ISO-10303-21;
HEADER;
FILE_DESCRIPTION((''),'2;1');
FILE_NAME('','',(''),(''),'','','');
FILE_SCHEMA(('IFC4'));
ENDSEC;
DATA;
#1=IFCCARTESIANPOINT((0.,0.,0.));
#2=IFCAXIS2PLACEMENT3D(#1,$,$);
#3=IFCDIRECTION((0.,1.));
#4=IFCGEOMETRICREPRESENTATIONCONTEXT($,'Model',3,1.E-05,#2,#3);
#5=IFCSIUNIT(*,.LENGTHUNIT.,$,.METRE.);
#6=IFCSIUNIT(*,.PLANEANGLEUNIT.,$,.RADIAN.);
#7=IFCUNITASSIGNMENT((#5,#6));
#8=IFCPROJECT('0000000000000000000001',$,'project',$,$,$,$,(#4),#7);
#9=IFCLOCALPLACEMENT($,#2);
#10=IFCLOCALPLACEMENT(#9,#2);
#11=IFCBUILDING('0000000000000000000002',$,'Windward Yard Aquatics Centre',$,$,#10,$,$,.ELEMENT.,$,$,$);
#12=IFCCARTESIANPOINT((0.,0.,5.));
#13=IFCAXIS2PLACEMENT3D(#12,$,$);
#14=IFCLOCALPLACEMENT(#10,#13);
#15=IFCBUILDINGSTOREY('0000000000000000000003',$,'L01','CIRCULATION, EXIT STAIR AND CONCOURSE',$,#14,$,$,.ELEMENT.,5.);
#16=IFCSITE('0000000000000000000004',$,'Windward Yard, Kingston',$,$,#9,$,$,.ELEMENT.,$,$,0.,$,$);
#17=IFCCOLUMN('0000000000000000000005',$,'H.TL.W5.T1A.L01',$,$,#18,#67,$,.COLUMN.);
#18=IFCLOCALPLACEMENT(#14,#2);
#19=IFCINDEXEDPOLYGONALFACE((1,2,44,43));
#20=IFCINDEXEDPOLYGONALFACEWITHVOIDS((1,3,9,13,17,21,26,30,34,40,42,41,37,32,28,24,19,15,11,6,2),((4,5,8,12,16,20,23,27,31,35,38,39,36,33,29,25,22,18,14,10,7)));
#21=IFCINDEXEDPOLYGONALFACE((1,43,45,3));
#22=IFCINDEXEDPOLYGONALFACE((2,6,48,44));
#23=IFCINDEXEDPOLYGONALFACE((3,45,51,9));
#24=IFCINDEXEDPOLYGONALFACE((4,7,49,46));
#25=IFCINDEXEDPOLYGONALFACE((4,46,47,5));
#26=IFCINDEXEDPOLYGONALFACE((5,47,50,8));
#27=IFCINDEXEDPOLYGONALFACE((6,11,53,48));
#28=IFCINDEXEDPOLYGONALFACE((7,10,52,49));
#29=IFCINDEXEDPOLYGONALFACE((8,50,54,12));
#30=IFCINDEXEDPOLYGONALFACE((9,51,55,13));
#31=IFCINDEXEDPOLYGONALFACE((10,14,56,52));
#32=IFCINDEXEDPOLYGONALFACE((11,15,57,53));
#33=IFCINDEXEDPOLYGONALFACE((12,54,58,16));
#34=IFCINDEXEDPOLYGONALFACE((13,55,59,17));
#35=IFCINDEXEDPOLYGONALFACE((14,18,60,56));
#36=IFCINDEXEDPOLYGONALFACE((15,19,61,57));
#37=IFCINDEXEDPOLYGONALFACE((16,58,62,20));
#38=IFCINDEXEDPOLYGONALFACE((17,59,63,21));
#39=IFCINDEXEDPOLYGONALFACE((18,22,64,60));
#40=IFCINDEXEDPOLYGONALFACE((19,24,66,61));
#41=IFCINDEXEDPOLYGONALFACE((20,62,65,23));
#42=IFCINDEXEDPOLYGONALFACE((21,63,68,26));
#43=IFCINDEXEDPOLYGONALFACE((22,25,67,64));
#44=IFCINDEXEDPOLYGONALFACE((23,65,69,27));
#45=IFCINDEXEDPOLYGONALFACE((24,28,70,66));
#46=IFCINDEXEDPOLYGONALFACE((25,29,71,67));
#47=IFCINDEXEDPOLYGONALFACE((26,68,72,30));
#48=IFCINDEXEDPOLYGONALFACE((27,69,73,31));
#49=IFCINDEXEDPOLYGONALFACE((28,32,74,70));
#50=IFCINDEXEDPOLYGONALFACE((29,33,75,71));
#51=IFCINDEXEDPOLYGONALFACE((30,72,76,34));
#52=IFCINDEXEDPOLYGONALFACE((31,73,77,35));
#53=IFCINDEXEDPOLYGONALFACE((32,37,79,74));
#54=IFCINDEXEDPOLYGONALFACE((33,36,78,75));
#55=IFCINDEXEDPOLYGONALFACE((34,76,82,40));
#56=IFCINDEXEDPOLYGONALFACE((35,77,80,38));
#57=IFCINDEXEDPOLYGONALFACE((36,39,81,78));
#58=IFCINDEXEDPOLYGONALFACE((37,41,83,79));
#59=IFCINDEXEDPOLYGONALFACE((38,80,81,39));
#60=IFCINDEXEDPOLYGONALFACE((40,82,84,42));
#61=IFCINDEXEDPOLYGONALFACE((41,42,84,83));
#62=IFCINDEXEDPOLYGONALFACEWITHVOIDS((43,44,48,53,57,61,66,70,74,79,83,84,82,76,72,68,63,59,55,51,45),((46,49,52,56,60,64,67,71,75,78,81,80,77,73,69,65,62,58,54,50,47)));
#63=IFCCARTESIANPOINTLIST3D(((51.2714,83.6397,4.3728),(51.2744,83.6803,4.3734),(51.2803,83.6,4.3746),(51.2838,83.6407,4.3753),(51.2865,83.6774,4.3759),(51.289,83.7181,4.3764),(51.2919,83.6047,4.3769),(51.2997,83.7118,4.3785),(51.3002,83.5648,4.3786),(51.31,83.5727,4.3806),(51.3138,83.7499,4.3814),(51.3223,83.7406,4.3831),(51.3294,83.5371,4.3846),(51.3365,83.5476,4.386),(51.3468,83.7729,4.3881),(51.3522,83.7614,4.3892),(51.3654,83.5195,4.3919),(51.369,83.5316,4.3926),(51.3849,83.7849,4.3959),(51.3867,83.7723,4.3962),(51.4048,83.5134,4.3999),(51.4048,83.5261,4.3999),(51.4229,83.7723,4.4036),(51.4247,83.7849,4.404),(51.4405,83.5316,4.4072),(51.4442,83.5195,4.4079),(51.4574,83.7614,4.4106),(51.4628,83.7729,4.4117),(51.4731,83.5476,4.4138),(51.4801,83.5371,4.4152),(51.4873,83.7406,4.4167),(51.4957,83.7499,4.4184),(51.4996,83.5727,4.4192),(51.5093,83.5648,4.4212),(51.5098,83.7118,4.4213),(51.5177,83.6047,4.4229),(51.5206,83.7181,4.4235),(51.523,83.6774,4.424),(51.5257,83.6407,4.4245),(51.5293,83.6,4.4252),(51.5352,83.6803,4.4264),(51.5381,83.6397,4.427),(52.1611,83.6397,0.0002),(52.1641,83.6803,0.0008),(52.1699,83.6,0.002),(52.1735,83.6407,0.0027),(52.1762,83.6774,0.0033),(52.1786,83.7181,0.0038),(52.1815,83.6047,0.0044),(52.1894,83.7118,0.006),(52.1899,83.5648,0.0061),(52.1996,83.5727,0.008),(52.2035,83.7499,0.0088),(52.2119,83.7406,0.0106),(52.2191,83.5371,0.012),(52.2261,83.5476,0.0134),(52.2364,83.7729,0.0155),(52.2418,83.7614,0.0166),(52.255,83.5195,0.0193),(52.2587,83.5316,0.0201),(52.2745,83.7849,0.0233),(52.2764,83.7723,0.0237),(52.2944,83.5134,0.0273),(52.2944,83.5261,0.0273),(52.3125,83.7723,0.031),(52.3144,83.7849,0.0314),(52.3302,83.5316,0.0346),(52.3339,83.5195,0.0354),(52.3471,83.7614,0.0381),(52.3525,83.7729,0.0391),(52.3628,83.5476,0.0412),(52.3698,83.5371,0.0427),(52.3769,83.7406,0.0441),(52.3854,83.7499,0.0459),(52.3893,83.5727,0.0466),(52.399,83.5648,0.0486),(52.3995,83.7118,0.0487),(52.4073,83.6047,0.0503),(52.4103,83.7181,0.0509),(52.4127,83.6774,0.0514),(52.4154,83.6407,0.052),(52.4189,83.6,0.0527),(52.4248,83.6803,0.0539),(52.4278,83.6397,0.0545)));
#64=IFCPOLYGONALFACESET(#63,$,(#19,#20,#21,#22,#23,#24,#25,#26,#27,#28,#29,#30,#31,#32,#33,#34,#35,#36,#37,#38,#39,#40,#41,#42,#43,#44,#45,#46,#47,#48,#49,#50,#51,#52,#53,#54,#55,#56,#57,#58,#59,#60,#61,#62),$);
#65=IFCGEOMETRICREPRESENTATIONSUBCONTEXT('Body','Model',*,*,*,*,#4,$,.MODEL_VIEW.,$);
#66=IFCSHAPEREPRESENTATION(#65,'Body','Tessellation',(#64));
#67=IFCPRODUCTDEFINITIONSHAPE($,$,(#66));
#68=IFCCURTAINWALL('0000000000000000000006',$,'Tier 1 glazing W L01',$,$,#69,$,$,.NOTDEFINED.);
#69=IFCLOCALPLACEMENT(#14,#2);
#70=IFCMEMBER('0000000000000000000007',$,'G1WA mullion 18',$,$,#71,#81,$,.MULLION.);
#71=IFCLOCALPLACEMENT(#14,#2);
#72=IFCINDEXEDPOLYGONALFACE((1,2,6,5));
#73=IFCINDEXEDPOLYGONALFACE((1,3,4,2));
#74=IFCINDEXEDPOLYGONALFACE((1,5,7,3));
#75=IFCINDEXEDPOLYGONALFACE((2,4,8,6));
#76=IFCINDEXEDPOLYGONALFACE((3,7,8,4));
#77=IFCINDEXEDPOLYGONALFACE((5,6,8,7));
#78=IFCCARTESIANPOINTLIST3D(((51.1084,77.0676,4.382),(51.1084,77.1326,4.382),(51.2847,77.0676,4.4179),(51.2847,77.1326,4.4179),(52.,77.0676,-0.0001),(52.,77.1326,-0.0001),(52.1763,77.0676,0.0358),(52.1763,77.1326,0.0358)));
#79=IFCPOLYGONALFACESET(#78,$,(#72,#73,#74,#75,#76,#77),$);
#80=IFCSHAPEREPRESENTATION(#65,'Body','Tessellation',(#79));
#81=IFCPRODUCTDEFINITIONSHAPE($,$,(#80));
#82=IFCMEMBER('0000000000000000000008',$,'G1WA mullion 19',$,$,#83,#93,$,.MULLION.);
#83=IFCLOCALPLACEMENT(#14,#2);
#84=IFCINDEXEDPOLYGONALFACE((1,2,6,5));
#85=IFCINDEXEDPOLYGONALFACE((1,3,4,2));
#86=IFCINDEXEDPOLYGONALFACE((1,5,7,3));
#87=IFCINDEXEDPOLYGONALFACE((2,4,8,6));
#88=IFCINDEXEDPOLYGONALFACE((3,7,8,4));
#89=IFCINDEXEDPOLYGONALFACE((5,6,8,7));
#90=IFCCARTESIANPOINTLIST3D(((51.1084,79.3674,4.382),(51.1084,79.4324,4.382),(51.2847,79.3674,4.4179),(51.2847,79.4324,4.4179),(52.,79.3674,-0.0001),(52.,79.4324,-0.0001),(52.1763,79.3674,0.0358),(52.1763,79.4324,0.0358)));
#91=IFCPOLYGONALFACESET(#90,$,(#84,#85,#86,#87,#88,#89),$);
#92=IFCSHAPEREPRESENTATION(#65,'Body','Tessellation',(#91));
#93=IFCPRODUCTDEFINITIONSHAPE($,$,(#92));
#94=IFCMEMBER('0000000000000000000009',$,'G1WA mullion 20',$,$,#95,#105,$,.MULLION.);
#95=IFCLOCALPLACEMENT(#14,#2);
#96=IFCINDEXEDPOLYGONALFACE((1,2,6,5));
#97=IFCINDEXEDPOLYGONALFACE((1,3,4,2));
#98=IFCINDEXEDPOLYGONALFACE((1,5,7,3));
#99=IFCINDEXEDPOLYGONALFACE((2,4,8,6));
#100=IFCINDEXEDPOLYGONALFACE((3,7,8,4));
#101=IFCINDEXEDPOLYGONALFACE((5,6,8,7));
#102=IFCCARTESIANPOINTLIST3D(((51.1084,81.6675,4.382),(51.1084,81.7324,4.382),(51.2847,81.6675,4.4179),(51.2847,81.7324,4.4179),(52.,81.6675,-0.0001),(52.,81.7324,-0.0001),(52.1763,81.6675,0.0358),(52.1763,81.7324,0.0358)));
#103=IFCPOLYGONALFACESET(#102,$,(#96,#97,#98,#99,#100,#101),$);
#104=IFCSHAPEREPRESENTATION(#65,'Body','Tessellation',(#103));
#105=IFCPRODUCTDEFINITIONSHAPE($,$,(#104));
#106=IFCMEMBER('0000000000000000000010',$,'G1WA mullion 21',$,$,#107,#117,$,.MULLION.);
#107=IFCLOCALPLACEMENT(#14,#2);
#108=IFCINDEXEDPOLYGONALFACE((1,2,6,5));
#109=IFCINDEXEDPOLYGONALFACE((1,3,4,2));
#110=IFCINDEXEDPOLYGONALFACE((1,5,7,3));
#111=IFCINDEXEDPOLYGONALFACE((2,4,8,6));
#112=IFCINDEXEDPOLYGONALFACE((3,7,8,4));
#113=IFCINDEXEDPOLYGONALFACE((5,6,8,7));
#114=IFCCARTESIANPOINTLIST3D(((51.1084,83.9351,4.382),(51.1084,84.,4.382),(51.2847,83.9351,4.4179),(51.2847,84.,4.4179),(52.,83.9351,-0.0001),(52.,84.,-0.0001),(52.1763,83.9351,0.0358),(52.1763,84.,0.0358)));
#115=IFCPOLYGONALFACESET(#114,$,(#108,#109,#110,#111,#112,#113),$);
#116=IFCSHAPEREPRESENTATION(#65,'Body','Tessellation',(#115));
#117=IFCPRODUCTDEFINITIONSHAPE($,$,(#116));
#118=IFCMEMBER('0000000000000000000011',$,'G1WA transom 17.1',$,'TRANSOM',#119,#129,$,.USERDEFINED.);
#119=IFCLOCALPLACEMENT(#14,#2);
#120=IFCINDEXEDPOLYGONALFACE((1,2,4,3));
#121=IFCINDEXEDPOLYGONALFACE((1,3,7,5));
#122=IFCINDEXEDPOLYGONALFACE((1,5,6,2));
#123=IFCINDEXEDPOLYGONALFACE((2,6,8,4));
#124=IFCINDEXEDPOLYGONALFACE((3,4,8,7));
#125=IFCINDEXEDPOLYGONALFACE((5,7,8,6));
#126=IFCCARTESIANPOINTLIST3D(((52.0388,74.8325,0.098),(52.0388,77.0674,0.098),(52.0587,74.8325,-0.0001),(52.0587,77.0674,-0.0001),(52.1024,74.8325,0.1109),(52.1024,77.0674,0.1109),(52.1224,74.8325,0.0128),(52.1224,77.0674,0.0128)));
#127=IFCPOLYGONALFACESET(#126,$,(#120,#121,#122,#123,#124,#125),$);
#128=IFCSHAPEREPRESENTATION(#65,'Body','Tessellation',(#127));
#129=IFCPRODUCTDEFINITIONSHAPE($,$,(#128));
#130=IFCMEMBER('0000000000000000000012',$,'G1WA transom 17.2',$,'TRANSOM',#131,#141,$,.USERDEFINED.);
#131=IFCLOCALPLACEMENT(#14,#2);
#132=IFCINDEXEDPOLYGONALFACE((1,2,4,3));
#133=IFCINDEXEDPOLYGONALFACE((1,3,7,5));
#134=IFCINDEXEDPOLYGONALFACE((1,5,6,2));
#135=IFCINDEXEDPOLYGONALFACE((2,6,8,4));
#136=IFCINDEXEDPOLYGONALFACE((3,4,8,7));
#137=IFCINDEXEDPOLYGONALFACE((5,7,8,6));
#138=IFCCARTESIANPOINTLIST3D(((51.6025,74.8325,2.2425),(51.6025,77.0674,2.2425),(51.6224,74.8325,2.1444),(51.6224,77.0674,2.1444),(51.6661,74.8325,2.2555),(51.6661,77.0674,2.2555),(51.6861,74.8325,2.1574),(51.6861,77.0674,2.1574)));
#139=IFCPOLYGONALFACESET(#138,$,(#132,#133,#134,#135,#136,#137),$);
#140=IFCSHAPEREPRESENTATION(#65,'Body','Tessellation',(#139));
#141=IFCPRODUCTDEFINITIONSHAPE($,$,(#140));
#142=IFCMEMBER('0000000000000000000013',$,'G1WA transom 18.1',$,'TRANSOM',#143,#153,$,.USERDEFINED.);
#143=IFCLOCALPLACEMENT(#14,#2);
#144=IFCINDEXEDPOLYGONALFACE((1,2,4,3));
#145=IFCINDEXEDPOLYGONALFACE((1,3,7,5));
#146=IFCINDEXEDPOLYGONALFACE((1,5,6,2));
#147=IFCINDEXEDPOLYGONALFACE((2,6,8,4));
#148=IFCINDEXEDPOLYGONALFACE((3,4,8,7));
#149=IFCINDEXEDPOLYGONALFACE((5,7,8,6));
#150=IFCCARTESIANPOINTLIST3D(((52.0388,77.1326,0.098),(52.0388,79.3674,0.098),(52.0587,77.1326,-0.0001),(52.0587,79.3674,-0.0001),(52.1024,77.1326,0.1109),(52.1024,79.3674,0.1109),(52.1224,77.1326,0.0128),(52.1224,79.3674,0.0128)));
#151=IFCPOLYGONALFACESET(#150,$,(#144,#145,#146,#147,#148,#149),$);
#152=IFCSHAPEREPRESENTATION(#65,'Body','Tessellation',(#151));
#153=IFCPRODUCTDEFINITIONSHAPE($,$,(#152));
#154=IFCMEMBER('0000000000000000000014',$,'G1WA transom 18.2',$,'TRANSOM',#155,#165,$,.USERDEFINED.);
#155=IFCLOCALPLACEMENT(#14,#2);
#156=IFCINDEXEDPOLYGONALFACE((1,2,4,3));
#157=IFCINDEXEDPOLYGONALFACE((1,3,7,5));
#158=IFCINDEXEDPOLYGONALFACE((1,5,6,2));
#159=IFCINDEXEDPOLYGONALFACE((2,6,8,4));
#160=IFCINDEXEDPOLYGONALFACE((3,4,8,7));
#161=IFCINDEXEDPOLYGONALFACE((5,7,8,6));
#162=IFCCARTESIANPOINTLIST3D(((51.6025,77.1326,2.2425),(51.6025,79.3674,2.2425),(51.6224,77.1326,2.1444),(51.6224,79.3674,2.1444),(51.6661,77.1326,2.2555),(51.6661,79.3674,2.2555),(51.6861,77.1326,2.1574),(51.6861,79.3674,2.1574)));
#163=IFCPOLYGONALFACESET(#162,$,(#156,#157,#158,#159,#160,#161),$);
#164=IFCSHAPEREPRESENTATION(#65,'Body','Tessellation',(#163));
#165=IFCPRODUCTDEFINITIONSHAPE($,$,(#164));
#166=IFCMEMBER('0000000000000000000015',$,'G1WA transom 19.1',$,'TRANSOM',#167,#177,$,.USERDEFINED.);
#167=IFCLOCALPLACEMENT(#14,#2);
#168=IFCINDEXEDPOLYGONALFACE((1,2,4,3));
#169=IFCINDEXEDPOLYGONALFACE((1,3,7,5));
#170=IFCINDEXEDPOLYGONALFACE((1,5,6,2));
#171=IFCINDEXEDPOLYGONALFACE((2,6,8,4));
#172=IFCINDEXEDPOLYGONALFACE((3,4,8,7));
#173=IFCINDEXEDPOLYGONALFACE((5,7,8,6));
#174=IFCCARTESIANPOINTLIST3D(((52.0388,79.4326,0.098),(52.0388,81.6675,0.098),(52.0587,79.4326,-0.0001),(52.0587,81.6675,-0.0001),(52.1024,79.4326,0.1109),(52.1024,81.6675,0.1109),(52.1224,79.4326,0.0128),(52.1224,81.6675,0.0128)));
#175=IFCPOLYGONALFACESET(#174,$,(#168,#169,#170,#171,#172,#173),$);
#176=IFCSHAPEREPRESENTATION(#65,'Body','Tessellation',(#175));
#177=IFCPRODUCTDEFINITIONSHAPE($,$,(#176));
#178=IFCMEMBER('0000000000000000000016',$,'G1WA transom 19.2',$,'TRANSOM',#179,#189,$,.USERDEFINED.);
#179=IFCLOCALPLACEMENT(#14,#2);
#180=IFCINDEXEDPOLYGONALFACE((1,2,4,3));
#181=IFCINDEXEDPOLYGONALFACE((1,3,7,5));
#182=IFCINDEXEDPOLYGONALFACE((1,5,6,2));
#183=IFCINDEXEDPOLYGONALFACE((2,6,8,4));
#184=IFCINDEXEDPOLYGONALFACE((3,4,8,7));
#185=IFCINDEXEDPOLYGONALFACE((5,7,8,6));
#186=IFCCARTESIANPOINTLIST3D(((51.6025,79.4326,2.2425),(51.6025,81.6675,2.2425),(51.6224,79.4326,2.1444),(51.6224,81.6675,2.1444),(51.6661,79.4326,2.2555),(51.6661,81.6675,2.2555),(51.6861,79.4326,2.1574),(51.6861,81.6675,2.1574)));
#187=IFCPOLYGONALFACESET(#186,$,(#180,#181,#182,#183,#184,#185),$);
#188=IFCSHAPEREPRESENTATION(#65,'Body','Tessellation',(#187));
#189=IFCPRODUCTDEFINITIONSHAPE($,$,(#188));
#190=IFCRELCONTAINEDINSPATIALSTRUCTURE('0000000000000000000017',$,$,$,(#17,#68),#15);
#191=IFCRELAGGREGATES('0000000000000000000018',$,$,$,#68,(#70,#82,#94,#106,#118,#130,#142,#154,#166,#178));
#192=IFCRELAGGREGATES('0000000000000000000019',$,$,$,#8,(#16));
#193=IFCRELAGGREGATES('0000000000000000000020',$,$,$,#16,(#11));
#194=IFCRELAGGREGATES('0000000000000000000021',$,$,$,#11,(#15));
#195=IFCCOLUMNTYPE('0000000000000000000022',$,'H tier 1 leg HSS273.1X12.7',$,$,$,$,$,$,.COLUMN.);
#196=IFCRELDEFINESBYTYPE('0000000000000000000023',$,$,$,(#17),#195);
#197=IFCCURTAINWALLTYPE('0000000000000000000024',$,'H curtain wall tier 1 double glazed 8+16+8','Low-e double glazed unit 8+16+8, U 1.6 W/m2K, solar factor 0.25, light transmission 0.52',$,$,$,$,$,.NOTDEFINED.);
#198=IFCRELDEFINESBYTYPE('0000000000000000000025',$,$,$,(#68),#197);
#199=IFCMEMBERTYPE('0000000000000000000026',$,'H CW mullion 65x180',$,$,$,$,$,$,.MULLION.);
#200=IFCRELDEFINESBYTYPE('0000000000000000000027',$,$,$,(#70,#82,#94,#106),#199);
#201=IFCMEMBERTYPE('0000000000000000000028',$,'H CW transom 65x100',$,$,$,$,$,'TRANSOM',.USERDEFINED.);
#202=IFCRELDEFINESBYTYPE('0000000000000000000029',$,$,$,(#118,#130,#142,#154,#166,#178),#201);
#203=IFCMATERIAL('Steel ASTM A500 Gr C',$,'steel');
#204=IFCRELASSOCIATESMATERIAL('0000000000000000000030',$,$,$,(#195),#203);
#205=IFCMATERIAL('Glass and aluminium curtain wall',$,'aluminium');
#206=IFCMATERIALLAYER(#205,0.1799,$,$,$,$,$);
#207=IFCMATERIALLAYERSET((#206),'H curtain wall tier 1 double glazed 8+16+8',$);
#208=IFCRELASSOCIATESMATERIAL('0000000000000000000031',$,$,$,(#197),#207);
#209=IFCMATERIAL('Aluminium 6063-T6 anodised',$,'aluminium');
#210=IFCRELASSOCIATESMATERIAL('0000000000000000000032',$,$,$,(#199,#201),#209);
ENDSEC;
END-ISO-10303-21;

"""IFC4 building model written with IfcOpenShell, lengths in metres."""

from ifc_helpers import new_model, si_unit, direction, frame, origin, origin_2d, place, context, subcontext, project, spatial, rectangle, hollow_circle, extrude, material, layer, layer_set, material_profile, profile_set, type_object, element, aggregate, save


model = new_model("IFC4")

# Units and contexts
model_context = context("Model", 3, precision=1e-05, world=origin(), true_north=direction((0.0, 1.0)))
body_context = subcontext(model_context, "Body", "Model", "MODEL_VIEW")
ifc_project = project(units=[si_unit("LENGTHUNIT", "METRE"), si_unit("PLANEANGLEUNIT", "RADIAN")], contexts=[model_context])

# Site, building, storey
site_placement = place(None, origin())
site = spatial("IfcSite", under=ifc_project, at=site_placement, Name="Windward Yard, Kingston", CompositionType="ELEMENT", RefElevation=0.0)
building_placement = place(site_placement, origin())
building = spatial("IfcBuilding", under=site, at=building_placement, Name="Windward Yard Aquatics Centre", CompositionType="ELEMENT")
storey_placement = place(building_placement, frame((0.0, 0.0, 5.0)))
storey = spatial("IfcBuildingStorey", under=building, at=storey_placement, Name="L01", Description="CIRCULATION, EXIT STAIR AND CONCOURSE", CompositionType="ELEMENT", Elevation=5.0)

# Column
ifc_material_1 = material(Name="Steel ASTM A500 Gr C", Category="steel")
ifc_material_profile_1 = material_profile(ifc_material_1, hollow_circle(Radius=0.1365, WallThickness=0.0127, at=origin_2d()), Name="HSS273.1X12.7")
ifc_profile_set_1 = profile_set([ifc_material_profile_1], Name="Steel ASTM A500 Gr C")
column_type = type_object("IfcColumnType", Name="H tier 1 leg HSS273.1X12.7", PredefinedType="COLUMN", material=ifc_profile_set_1)
column_placement = place(storey_placement, frame((52.2944, 83.6499, 0.0273), z_axis=(-0.199377, 0.0, 0.979923), x_axis=(0.0, -1.0, 0.0)))
element("IfcColumn", 1, at=column_placement, inside=storey, type_object=column_type, Name="H.TL.W5.T1A.L01", PredefinedType="COLUMN", context=body_context, shape_type="SweptSolid", body=[
    extrude(hollow_circle(Radius=0.1365, WallThickness=0.0127, at=origin_2d()), origin(), (0.0, 0.0, 1.0), 4.4622),
])

# Curtain wall, members
ifc_material_2 = material(Name="Glass and aluminium curtain wall", Category="aluminium")
ifc_layer_1 = layer(ifc_material_2, 0.1799)
ifc_layer_set_1 = layer_set([ifc_layer_1], Name="H curtain wall tier 1 double glazed 8+16+8")
curtain_wall_type = type_object("IfcCurtainWallType", Name="H curtain wall tier 1 double glazed 8+16+8", Description="Low-e double glazed unit 8+16+8, U 1.6 W/m2K, solar factor 0.25, light transmission 0.52", PredefinedType="NOTDEFINED", material=ifc_layer_set_1)
curtain_wall_placement = place(storey_placement, origin())
curtain_wall = element("IfcCurtainWall", 2, at=curtain_wall_placement, inside=storey, type_object=curtain_wall_type, Name="Tier 1 glazing W L01", PredefinedType="NOTDEFINED")
ifc_material_3 = material(Name="Aluminium 6063-T6 anodised", Category="aluminium")
ifc_material_profile_2 = material_profile(ifc_material_3, rectangle(XDim=0.0649, YDim=0.1799, at=origin_2d()), Name="H CW mullion 65x180")
ifc_profile_set_2 = profile_set([ifc_material_profile_2], Name="Aluminium 6063-T6 anodised")
member_type_1 = type_object("IfcMemberType", Name="H CW mullion 65x180", PredefinedType="MULLION", material=ifc_profile_set_2)
member_1_placement = place(storey_placement, frame((52.0881, 77.1001, 0.0178), z_axis=(-0.19938, 0.0, 0.979922), x_axis=(0.0, -1.0, 0.0)))
member_1 = element("IfcMember", 3, at=member_1_placement, type_object=member_type_1, Name="G1WA mullion 18", PredefinedType="MULLION", context=body_context, shape_type="SweptSolid", body=[
    extrude(rectangle(XDim=0.0649, YDim=0.1799, at=origin_2d()), origin(), (0.0, 0.0, 1.0), 4.4719),
])
member_2_placement = place(storey_placement, frame((52.0881, 79.3999, 0.0178), z_axis=(-0.19938, 0.0, 0.979922), x_axis=(0.0, -1.0, 0.0)))
member_2 = element("IfcMember", 4, at=member_2_placement, type_object=member_type_1, Name="G1WA mullion 19", PredefinedType="MULLION", context=body_context, shape_type="SweptSolid", body=[
    extrude(rectangle(XDim=0.0649, YDim=0.1799, at=origin_2d()), origin(), (0.0, 0.0, 1.0), 4.4719),
])
member_3_placement = place(storey_placement, frame((52.0881, 81.7, 0.0178), z_axis=(-0.19938, 0.0, 0.979922), x_axis=(0.0, -1.0, 0.0)))
member_3 = element("IfcMember", 5, at=member_3_placement, type_object=member_type_1, Name="G1WA mullion 20", PredefinedType="MULLION", context=body_context, shape_type="SweptSolid", body=[
    extrude(rectangle(XDim=0.0649, YDim=0.1799, at=origin_2d()), origin(), (0.0, 0.0, 1.0), 4.4719),
])
member_4_placement = place(storey_placement, frame((52.0881, 83.9675, 0.0178), z_axis=(-0.19938, 0.0, 0.979922), x_axis=(0.0, -1.0, 0.0)))
member_4 = element("IfcMember", 6, at=member_4_placement, type_object=member_type_1, Name="G1WA mullion 21", PredefinedType="MULLION", context=body_context, shape_type="SweptSolid", body=[
    extrude(rectangle(XDim=0.0649, YDim=0.1799, at=origin_2d()), origin(), (0.0, 0.0, 1.0), 4.4719),
])
ifc_material_profile_3 = material_profile(ifc_material_3, rectangle(XDim=0.0649, YDim=0.1001, at=origin_2d()), Name="H CW transom 65x100")
ifc_profile_set_3 = profile_set([ifc_material_profile_3], Name="Aluminium 6063-T6 anodised")
member_type_2 = type_object("IfcMemberType", Name="H CW transom 65x100", ElementType="TRANSOM", PredefinedType="USERDEFINED", material=ifc_profile_set_3)
member_5_placement = place(storey_placement, frame((52.0806, 74.8325, 0.0554), z_axis=(0.0, 1.0, 0.0), x_axis=(0.979925, 0.0, 0.199368)))
member_5 = element("IfcMember", 7, at=member_5_placement, type_object=member_type_2, Name="G1WA transom 17.1", ObjectType="TRANSOM", PredefinedType="USERDEFINED", context=body_context, shape_type="SweptSolid", body=[
    extrude(rectangle(XDim=0.0649, YDim=0.1001, at=origin_2d()), origin(), (0.0, 0.0, 1.0), 2.2349),
])
member_6_placement = place(storey_placement, frame((51.6443, 74.8325, 2.2), z_axis=(0.0, 1.0, 0.0), x_axis=(0.979925, 0.0, 0.199368)))
member_6 = element("IfcMember", 8, at=member_6_placement, type_object=member_type_2, Name="G1WA transom 17.2", ObjectType="TRANSOM", PredefinedType="USERDEFINED", context=body_context, shape_type="SweptSolid", body=[
    extrude(rectangle(XDim=0.0649, YDim=0.1001, at=origin_2d()), origin(), (0.0, 0.0, 1.0), 2.2349),
])
member_7_placement = place(storey_placement, frame((52.0806, 77.1326, 0.0554), z_axis=(0.0, 1.0, 0.0), x_axis=(0.979925, 0.0, 0.199368)))
member_7 = element("IfcMember", 9, at=member_7_placement, type_object=member_type_2, Name="G1WA transom 18.1", ObjectType="TRANSOM", PredefinedType="USERDEFINED", context=body_context, shape_type="SweptSolid", body=[
    extrude(rectangle(XDim=0.0649, YDim=0.1001, at=origin_2d()), origin(), (0.0, 0.0, 1.0), 2.2349),
])
member_8_placement = place(storey_placement, frame((51.6443, 77.1326, 2.2), z_axis=(0.0, 1.0, 0.0), x_axis=(0.979925, 0.0, 0.199368)))
member_8 = element("IfcMember", 10, at=member_8_placement, type_object=member_type_2, Name="G1WA transom 18.2", ObjectType="TRANSOM", PredefinedType="USERDEFINED", context=body_context, shape_type="SweptSolid", body=[
    extrude(rectangle(XDim=0.0649, YDim=0.1001, at=origin_2d()), origin(), (0.0, 0.0, 1.0), 2.2349),
])
member_9_placement = place(storey_placement, frame((52.0806, 79.4326, 0.0554), z_axis=(0.0, 1.0, 0.0), x_axis=(0.979925, 0.0, 0.199368)))
member_9 = element("IfcMember", 11, at=member_9_placement, type_object=member_type_2, Name="G1WA transom 19.1", ObjectType="TRANSOM", PredefinedType="USERDEFINED", context=body_context, shape_type="SweptSolid", body=[
    extrude(rectangle(XDim=0.0649, YDim=0.1001, at=origin_2d()), origin(), (0.0, 0.0, 1.0), 2.2349),
])
member_10_placement = place(storey_placement, frame((51.6443, 79.4326, 2.2), z_axis=(0.0, 1.0, 0.0), x_axis=(0.979925, 0.0, 0.199368)))
member_10 = element("IfcMember", 12, at=member_10_placement, type_object=member_type_2, Name="G1WA transom 19.2", ObjectType="TRANSOM", PredefinedType="USERDEFINED", context=body_context, shape_type="SweptSolid", body=[
    extrude(rectangle(XDim=0.0649, YDim=0.1001, at=origin_2d()), origin(), (0.0, 0.0, 1.0), 2.2349),
])
aggregate(curtain_wall, [member_1, member_2, member_3, member_4, member_5, member_6, member_7, member_8, member_9, member_10])

save(model, "model.ifc")
